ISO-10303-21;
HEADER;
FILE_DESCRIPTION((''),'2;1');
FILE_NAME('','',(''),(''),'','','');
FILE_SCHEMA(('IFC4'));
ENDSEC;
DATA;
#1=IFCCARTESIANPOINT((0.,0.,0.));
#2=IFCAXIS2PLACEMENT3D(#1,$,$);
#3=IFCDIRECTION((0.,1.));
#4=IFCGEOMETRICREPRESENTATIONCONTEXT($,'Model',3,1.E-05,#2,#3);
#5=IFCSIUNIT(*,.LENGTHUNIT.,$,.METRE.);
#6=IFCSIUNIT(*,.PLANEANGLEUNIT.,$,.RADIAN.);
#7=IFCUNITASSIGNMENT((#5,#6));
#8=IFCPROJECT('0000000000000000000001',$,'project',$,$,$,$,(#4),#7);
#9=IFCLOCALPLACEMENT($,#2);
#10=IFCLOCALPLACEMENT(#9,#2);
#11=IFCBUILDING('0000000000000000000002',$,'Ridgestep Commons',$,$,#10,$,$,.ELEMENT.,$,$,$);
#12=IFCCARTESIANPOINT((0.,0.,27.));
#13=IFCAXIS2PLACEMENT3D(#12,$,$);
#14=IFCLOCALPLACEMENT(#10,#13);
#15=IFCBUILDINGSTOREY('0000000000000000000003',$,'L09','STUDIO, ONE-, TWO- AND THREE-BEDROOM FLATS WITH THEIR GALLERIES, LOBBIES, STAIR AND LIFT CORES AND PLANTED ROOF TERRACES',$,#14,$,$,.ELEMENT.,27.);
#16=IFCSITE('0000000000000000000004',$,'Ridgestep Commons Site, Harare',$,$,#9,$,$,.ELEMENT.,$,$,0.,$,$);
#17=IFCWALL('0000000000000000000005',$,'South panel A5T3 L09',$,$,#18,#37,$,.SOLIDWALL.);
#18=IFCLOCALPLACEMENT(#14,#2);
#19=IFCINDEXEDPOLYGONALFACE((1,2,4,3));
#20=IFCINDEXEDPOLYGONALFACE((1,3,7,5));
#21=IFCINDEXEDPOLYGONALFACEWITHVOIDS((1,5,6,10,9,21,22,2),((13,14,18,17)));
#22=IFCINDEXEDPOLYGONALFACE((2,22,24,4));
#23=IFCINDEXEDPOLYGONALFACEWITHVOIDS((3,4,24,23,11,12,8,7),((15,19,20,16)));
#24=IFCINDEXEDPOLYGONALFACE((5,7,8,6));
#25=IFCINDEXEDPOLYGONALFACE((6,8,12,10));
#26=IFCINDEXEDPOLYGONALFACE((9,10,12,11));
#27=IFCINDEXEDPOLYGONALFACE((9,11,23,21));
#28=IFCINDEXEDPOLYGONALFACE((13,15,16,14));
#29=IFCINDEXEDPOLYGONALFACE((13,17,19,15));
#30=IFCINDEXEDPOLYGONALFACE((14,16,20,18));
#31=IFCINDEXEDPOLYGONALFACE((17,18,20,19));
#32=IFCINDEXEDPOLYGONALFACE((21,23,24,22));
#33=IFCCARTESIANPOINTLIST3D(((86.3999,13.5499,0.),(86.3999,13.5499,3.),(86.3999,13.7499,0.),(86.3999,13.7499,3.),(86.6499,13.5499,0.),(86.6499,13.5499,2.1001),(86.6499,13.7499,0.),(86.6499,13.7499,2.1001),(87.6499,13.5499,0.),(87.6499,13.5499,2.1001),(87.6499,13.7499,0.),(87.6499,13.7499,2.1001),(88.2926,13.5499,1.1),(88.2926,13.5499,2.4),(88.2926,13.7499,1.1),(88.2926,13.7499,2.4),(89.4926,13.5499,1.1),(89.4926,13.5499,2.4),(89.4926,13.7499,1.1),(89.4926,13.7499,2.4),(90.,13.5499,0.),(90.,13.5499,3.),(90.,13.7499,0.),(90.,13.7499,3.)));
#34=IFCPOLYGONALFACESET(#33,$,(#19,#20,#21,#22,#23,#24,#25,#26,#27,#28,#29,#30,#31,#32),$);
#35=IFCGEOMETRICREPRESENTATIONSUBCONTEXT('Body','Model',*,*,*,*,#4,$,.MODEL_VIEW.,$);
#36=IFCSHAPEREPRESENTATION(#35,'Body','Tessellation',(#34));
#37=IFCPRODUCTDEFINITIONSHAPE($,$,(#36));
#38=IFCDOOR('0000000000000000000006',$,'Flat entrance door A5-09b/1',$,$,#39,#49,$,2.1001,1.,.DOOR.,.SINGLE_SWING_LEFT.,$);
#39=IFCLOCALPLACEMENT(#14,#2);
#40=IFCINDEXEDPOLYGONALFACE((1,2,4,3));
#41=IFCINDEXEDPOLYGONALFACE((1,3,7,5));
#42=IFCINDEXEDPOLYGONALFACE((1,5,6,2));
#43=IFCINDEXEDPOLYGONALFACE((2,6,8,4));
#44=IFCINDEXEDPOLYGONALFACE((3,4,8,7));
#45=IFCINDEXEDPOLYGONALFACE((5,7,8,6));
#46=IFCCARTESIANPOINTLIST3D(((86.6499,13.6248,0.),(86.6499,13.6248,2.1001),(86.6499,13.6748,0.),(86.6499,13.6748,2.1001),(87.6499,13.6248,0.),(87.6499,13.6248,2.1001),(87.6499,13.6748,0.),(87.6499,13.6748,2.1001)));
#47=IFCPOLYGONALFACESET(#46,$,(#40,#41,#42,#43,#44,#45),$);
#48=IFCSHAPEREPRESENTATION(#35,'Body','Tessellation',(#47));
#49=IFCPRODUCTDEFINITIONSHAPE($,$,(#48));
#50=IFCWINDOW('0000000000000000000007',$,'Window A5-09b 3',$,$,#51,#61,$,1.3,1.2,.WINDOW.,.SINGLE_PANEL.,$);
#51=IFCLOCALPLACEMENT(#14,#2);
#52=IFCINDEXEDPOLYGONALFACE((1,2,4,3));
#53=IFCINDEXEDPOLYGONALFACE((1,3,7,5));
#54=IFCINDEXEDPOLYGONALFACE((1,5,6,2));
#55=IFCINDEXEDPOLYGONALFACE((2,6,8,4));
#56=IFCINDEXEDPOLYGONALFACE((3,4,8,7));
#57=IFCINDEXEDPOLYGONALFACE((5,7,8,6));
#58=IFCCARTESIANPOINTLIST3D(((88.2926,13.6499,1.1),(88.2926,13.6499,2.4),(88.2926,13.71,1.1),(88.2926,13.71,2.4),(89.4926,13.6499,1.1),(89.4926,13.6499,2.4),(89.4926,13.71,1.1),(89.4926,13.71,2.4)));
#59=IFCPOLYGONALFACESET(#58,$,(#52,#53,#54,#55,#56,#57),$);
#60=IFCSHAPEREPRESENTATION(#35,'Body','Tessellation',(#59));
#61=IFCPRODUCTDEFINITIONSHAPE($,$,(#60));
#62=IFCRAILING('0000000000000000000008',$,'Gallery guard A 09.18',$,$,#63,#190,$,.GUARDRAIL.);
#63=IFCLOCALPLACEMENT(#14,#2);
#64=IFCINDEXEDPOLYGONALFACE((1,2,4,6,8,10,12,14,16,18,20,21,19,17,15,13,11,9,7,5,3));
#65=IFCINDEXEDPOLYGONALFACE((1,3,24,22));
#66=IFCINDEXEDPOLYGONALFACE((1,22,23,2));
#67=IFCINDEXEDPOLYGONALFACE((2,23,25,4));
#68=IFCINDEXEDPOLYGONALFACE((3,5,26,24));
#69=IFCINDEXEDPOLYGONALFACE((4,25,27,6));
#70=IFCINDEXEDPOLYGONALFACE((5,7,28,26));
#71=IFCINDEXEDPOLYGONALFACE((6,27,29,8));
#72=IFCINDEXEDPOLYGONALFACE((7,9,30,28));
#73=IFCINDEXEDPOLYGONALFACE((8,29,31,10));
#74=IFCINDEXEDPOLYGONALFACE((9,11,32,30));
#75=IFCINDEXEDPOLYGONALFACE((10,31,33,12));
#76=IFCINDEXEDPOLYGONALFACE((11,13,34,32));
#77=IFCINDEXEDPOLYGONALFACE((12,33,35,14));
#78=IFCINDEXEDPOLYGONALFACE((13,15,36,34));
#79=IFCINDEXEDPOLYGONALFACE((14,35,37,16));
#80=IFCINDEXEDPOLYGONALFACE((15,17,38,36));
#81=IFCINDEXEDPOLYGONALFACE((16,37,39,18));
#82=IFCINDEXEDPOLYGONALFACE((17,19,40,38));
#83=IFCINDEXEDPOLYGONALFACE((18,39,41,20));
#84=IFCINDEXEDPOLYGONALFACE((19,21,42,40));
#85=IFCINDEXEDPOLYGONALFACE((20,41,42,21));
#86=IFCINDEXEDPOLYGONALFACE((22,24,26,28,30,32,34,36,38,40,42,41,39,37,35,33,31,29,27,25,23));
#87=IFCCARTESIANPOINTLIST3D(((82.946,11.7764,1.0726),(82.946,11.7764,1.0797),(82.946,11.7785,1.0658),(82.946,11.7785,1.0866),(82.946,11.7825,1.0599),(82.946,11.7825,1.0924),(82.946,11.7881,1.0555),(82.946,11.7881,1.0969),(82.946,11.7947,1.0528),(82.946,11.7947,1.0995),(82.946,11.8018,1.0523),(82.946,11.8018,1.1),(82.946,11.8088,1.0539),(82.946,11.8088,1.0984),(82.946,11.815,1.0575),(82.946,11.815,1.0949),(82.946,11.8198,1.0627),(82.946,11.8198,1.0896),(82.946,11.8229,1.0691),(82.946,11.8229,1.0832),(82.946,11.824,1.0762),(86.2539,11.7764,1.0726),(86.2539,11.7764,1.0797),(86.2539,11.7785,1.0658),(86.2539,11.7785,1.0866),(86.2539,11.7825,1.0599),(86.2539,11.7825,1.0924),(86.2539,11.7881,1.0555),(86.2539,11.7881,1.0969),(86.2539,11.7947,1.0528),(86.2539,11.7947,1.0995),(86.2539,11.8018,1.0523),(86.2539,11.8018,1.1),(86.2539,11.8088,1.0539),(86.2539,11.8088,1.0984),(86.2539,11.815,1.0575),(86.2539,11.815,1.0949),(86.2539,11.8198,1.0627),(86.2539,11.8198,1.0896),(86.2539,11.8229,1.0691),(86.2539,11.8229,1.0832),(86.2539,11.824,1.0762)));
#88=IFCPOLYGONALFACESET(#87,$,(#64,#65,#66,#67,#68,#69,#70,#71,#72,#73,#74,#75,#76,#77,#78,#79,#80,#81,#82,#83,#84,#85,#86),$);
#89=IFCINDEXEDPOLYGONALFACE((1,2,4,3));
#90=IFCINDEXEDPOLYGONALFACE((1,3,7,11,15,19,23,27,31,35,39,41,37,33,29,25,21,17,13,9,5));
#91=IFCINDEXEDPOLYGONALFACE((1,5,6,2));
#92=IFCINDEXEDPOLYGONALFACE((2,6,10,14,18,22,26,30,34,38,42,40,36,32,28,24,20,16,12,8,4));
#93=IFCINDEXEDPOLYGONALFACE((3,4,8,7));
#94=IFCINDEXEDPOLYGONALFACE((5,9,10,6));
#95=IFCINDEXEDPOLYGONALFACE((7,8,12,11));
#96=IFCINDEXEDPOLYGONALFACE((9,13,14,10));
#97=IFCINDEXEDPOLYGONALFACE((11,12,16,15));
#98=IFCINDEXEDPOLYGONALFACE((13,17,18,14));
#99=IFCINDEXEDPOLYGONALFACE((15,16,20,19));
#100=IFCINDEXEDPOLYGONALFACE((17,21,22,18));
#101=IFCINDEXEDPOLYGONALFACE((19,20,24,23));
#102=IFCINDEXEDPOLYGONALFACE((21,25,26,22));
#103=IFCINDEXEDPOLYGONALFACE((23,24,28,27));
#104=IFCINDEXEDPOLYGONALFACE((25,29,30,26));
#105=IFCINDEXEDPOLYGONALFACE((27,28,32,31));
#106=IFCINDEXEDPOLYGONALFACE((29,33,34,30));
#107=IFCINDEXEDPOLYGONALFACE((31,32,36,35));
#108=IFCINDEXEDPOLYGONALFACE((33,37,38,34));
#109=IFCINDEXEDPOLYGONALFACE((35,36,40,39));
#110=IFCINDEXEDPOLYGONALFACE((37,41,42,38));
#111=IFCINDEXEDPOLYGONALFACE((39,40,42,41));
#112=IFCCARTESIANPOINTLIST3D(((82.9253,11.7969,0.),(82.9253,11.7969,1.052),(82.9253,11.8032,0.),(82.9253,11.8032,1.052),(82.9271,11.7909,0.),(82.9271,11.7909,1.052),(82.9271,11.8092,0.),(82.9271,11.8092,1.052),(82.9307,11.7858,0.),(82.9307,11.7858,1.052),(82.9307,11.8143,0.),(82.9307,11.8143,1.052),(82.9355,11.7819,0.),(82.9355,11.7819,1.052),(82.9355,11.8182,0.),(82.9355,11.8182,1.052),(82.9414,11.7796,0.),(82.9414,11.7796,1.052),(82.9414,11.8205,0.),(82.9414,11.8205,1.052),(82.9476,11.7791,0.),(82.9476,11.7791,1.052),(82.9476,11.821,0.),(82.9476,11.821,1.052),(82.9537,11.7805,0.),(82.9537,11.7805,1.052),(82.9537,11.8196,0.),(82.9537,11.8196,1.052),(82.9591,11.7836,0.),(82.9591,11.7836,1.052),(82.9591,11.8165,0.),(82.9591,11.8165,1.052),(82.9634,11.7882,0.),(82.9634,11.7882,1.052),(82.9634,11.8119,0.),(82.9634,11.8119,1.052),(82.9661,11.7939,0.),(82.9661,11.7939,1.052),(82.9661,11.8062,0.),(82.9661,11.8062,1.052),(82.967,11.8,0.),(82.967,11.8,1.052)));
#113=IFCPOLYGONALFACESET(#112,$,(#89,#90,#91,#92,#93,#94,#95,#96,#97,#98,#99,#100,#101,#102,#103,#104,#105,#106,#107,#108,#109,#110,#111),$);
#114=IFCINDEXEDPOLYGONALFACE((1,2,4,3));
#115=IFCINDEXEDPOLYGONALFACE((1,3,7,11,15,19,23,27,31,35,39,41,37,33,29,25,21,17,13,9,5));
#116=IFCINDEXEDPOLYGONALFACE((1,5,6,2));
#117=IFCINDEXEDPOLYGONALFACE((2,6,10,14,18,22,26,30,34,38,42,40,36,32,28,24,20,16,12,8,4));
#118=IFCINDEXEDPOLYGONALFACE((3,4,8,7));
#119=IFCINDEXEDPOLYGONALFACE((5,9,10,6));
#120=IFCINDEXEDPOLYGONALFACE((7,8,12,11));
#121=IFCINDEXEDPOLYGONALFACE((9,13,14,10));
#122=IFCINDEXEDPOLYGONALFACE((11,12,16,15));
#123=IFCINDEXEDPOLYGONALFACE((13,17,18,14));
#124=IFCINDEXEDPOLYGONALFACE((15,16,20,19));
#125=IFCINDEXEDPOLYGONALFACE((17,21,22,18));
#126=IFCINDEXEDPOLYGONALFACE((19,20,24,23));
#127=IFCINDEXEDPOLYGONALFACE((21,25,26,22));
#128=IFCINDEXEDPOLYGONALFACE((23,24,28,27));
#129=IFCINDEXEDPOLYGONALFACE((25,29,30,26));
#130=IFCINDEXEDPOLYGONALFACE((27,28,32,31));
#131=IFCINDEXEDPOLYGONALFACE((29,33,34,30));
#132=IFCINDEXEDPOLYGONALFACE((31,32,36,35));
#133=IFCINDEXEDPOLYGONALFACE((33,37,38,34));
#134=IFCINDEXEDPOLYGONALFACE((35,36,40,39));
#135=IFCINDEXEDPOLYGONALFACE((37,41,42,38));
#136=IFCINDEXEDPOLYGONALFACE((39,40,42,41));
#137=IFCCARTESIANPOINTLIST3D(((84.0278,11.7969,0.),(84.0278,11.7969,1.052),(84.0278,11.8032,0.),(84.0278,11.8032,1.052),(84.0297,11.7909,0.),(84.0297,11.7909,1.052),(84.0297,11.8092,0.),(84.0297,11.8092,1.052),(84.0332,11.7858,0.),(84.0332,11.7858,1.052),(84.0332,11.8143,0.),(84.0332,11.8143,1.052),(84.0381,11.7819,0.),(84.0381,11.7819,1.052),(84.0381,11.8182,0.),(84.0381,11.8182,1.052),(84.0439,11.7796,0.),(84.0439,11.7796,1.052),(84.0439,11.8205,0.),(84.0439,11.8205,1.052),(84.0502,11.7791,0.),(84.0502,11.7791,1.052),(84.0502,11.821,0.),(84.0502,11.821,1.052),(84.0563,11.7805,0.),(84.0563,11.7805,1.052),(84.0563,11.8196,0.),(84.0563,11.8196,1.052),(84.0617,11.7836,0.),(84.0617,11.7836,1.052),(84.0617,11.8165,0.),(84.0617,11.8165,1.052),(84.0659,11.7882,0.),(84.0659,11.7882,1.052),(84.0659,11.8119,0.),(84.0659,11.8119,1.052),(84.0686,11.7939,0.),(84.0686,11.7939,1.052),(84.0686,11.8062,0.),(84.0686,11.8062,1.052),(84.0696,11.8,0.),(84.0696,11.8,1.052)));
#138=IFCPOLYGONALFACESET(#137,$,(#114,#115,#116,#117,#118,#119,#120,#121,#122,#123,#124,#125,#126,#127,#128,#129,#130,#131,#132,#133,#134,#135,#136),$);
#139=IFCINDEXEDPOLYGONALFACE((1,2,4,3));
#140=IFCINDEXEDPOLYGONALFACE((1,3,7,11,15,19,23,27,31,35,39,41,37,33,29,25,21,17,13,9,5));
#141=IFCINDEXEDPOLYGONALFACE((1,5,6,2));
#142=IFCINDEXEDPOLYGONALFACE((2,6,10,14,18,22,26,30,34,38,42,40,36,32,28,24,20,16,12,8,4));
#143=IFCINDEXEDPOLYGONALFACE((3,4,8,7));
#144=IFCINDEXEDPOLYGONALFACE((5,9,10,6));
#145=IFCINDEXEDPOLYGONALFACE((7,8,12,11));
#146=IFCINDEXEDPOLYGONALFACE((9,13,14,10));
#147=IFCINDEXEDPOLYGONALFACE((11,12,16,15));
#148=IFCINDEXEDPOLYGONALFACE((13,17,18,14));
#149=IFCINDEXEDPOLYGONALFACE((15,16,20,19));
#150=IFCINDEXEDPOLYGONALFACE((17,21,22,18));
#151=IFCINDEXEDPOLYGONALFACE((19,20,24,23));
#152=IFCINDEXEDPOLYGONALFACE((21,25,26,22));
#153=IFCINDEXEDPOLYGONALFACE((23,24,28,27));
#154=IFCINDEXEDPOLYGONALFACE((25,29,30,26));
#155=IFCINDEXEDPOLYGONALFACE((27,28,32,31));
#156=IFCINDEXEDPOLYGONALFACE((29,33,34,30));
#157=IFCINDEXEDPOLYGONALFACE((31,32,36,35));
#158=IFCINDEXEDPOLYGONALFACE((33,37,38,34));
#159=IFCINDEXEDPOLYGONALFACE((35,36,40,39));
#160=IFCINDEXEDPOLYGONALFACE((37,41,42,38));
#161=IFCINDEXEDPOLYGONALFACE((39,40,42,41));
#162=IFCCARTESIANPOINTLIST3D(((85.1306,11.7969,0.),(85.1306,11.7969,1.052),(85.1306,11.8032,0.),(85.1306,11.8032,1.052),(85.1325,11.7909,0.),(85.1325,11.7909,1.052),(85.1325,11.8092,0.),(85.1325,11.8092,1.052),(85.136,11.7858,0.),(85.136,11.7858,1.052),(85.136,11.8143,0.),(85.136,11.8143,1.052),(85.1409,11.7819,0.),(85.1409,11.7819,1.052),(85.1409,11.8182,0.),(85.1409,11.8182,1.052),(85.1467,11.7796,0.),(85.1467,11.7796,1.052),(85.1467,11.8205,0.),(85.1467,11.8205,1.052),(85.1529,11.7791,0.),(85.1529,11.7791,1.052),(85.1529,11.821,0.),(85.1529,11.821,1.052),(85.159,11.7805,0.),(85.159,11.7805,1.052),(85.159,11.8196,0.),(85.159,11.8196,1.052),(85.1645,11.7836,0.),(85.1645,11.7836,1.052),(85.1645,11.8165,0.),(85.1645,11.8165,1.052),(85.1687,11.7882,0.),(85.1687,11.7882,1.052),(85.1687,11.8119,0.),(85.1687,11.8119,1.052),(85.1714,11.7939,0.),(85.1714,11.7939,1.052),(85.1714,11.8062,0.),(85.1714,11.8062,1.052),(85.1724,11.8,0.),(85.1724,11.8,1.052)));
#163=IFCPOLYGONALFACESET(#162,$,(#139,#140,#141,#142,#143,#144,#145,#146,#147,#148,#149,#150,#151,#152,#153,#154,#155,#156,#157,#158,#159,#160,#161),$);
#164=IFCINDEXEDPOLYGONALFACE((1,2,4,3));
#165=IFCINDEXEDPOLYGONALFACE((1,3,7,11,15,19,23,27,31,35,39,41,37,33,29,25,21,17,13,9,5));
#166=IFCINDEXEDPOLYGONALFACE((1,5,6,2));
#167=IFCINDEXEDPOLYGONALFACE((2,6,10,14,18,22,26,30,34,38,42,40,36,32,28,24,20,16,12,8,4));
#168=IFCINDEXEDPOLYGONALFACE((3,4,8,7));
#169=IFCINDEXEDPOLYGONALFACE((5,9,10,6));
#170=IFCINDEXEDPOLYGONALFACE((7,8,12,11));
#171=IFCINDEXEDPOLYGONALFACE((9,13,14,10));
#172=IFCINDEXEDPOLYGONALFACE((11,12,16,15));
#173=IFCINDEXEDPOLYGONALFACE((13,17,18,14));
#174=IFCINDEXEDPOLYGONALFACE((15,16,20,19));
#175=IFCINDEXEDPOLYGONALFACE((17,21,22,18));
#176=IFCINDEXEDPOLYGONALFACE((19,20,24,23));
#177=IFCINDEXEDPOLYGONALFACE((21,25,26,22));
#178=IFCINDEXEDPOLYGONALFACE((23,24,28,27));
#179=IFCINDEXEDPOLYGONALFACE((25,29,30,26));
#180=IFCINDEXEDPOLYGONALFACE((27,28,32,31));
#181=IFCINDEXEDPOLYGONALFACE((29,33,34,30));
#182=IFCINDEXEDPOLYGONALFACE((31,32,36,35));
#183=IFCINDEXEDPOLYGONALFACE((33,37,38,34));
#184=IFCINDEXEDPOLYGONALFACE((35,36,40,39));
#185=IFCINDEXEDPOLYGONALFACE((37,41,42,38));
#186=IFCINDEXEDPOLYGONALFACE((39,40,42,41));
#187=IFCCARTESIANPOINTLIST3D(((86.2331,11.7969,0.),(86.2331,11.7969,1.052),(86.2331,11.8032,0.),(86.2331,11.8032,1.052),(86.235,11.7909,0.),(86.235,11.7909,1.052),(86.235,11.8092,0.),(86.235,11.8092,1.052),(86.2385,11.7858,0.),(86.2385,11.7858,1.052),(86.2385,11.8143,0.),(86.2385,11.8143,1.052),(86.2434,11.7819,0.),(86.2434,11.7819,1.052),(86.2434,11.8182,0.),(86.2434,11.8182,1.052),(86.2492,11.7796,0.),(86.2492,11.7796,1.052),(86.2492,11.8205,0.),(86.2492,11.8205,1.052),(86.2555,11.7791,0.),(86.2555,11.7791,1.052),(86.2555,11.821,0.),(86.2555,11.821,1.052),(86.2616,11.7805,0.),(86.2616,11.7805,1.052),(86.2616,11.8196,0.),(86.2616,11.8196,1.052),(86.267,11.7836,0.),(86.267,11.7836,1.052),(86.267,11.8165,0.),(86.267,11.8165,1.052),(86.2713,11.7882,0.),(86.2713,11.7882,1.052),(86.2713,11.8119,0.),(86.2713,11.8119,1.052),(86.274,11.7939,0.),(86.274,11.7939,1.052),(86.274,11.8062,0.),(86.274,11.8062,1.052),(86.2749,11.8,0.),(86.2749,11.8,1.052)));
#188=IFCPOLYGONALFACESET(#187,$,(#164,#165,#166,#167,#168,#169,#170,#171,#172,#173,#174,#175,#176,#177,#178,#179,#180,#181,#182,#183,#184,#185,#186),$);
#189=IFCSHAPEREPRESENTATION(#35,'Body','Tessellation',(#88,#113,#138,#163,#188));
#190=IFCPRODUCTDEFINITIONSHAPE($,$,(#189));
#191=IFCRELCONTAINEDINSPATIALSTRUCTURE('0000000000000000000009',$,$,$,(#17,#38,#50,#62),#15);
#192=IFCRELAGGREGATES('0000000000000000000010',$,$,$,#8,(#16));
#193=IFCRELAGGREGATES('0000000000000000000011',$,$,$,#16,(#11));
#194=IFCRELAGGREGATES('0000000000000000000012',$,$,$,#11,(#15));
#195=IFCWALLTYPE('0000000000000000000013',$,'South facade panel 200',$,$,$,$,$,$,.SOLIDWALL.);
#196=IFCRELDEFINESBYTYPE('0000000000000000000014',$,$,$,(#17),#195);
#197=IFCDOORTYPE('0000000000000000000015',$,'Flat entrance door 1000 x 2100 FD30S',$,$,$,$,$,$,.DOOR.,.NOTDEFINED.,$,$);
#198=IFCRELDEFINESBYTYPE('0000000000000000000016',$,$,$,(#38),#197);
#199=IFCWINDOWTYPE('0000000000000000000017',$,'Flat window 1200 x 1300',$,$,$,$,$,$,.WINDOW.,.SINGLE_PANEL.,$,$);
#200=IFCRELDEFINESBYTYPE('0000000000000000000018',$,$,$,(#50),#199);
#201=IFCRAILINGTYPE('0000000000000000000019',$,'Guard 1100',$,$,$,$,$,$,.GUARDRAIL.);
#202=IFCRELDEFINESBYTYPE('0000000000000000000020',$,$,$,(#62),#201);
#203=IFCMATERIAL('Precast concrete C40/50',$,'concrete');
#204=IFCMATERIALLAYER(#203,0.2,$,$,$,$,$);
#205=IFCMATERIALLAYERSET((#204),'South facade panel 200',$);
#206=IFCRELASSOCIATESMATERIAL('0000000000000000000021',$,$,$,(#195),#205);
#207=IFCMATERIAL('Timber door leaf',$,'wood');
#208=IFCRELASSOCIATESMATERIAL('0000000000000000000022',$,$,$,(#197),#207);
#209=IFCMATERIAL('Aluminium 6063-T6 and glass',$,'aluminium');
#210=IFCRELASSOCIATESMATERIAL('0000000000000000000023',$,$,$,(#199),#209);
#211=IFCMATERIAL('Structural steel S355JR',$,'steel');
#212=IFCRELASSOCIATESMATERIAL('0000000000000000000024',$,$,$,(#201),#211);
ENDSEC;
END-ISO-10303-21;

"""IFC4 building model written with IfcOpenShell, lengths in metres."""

from ifc_helpers import new_model, si_unit, direction, frame, frame_2d, origin, origin_2d, place, context, subcontext, project, spatial, rectangle, circle, extrude, material, layer, layer_set, type_object, element, fill, save


model = new_model("IFC4")

# Units and contexts
model_context = context("Model", 3, precision=1e-05, world=origin(), true_north=direction((0.0, 1.0)))
body_context = subcontext(model_context, "Body", "Model", "MODEL_VIEW")
ifc_project = project(units=[si_unit("LENGTHUNIT", "METRE"), si_unit("PLANEANGLEUNIT", "RADIAN")], contexts=[model_context])

# Site, building, storey
site_placement = place(None, origin())
site = spatial("IfcSite", under=ifc_project, at=site_placement, Name="Ridgestep Commons Site, Harare", CompositionType="ELEMENT", RefElevation=0.0)
building_placement = place(site_placement, origin())
building = spatial("IfcBuilding", under=site, at=building_placement, Name="Ridgestep Commons", CompositionType="ELEMENT")
storey_placement = place(building_placement, frame((0.0, 0.0, 27.0)))
storey = spatial("IfcBuildingStorey", under=building, at=storey_placement, Name="L09", Description="STUDIO, ONE-, TWO- AND THREE-BEDROOM FLATS WITH THEIR GALLERIES, LOBBIES, STAIR AND LIFT CORES AND PLANTED ROOF TERRACES", CompositionType="ELEMENT", Elevation=27.0)

# Wall, openings, door, window
ifc_material_1 = material(Name="Precast concrete C40/50", Category="concrete")
ifc_layer_1 = layer(ifc_material_1, 0.2)
ifc_layer_set_1 = layer_set([ifc_layer_1], Name="South facade panel 200")
wall_type_1 = type_object("IfcWallType", Name="South facade panel 200", PredefinedType="SOLIDWALL", material=ifc_layer_set_1)
wall_1_placement = place(storey_placement, frame((86.3999, 13.6499, 0.0), z_axis=(0.0, 0.0, 1.0), x_axis=(1.0, 0.0, 0.0)))
wall_1 = element("IfcWall", 1, at=wall_1_placement, inside=storey, type_object=wall_type_1, Name="South panel A5T3 L09", PredefinedType="SOLIDWALL", context=body_context, shape_type="SweptSolid", body=[
    extrude(rectangle(XDim=3.6001, YDim=0.2, at=frame_2d((1.8, 0.0))), origin(), (0.0, 0.0, 1.0), 3.0),
])
opening_1_placement = place(wall_1_placement, frame((1.8926, 0.0, 1.1001)))
opening_1 = element("IfcOpeningElement", 2, at=opening_1_placement, cuts=wall_1, PredefinedType="OPENING", context=body_context, shape_type="SweptSolid", body=[
    extrude(rectangle(XDim=1.2, YDim=1.3, at=frame_2d((0.6001, 0.6499))), frame((0.0, 0.1099, 0.0), z_axis=(0.0, -1.0, 0.0), x_axis=(1.0, 0.0, 0.0)), (0.0, 0.0, 1.0), 0.22),
])
opening_2_placement = place(wall_1_placement, frame((0.25, 0.0, 0.0)))
opening_2 = element("IfcOpeningElement", 3, at=opening_2_placement, cuts=wall_1, PredefinedType="OPENING", context=body_context, shape_type="SweptSolid", body=[
    extrude(rectangle(XDim=1.0, YDim=2.1001, at=frame_2d((0.5, 1.05))), frame((0.0, 0.1099, 0.0), z_axis=(0.0, -1.0, 0.0), x_axis=(1.0, 0.0, 0.0)), (0.0, 0.0, 1.0), 0.22),
])
ifc_material_2 = material(Name="Timber door leaf", Category="wood")
door_type_1 = type_object("IfcDoorType", Name="Flat entrance door 1000 x 2100 FD30S", OperationType="NOTDEFINED", PredefinedType="DOOR", material=ifc_material_2)
door_1_placement = place(opening_2_placement, origin())
door_1 = element("IfcDoor", 4, at=door_1_placement, inside=storey, type_object=door_type_1, Name="Flat entrance door A5-09b/1", OperationType="SINGLE_SWING_LEFT", OverallHeight=2.1001, OverallWidth=1.0, PredefinedType="DOOR", context=body_context, shape_type="SweptSolid", body=[
    extrude(rectangle(XDim=1.0, YDim=2.1001, at=frame_2d((0.5, 1.05))), frame((0.0, 0.0249, 0.0), z_axis=(0.0, -1.0, 0.0), x_axis=(1.0, 0.0, 0.0)), (0.0, 0.0, 1.0), 0.05),
])
fill(opening_2, door_1)
ifc_material_3 = material(Name="Aluminium 6063-T6 and glass", Category="aluminium")
window_type = type_object("IfcWindowType", Name="Flat window 1200 x 1300", PartitioningType="SINGLE_PANEL", PredefinedType="WINDOW", material=ifc_material_3)
window_placement = place(opening_1_placement, origin())
window = element("IfcWindow", 5, at=window_placement, inside=storey, type_object=window_type, Name="Window A5-09b 3", OverallHeight=1.3, OverallWidth=1.2, PartitioningType="SINGLE_PANEL", PredefinedType="WINDOW", context=body_context, shape_type="SweptSolid", body=[
    extrude(rectangle(XDim=1.2, YDim=1.3, at=frame_2d((0.6001, 0.6499))), frame((0.0, 0.0601, 0.0), z_axis=(0.0, -1.0, 0.0), x_axis=(1.0, 0.0, 0.0)), (0.0, 0.0, 1.0), 0.0601),
])
fill(opening_1, window)

# Railing
ifc_material_4 = material(Name="Structural steel S355JR", Category="steel")
railing_type = type_object("IfcRailingType", Name="Guard 1100", PredefinedType="GUARDRAIL", material=ifc_material_4)
railing_1_placement = place(storey_placement, frame((82.946, 11.8, 0.0)))
element("IfcRailing", 6, at=railing_1_placement, inside=storey, type_object=railing_type, Name="Gallery guard A 09.18", PredefinedType="GUARDRAIL", context=body_context, shape_type="SweptSolid", body=[
    extrude(circle(Radius=0.0239, at=origin_2d()), frame((0.0, 0.0, 1.0762), z_axis=(1.0, 0.0, 0.0), x_axis=(0.0, 1.0, 0.0)), (0.0, 0.0, 1.0), 3.3079),
    extrude(circle(Radius=0.021, at=origin_2d()), origin(), (0.0, 0.0, 1.0), 1.052),
    extrude(circle(Radius=0.021, at=origin_2d()), frame((1.1025, 0.0, 0.0)), (0.0, 0.0, 1.0), 1.052),
    extrude(circle(Radius=0.021, at=origin_2d()), frame((2.2053, 0.0, 0.0)), (0.0, 0.0, 1.0), 1.052),
    extrude(circle(Radius=0.021, at=origin_2d()), frame((3.3079, 0.0, 0.0)), (0.0, 0.0, 1.0), 1.052),
])

save(model, "model.ifc")
